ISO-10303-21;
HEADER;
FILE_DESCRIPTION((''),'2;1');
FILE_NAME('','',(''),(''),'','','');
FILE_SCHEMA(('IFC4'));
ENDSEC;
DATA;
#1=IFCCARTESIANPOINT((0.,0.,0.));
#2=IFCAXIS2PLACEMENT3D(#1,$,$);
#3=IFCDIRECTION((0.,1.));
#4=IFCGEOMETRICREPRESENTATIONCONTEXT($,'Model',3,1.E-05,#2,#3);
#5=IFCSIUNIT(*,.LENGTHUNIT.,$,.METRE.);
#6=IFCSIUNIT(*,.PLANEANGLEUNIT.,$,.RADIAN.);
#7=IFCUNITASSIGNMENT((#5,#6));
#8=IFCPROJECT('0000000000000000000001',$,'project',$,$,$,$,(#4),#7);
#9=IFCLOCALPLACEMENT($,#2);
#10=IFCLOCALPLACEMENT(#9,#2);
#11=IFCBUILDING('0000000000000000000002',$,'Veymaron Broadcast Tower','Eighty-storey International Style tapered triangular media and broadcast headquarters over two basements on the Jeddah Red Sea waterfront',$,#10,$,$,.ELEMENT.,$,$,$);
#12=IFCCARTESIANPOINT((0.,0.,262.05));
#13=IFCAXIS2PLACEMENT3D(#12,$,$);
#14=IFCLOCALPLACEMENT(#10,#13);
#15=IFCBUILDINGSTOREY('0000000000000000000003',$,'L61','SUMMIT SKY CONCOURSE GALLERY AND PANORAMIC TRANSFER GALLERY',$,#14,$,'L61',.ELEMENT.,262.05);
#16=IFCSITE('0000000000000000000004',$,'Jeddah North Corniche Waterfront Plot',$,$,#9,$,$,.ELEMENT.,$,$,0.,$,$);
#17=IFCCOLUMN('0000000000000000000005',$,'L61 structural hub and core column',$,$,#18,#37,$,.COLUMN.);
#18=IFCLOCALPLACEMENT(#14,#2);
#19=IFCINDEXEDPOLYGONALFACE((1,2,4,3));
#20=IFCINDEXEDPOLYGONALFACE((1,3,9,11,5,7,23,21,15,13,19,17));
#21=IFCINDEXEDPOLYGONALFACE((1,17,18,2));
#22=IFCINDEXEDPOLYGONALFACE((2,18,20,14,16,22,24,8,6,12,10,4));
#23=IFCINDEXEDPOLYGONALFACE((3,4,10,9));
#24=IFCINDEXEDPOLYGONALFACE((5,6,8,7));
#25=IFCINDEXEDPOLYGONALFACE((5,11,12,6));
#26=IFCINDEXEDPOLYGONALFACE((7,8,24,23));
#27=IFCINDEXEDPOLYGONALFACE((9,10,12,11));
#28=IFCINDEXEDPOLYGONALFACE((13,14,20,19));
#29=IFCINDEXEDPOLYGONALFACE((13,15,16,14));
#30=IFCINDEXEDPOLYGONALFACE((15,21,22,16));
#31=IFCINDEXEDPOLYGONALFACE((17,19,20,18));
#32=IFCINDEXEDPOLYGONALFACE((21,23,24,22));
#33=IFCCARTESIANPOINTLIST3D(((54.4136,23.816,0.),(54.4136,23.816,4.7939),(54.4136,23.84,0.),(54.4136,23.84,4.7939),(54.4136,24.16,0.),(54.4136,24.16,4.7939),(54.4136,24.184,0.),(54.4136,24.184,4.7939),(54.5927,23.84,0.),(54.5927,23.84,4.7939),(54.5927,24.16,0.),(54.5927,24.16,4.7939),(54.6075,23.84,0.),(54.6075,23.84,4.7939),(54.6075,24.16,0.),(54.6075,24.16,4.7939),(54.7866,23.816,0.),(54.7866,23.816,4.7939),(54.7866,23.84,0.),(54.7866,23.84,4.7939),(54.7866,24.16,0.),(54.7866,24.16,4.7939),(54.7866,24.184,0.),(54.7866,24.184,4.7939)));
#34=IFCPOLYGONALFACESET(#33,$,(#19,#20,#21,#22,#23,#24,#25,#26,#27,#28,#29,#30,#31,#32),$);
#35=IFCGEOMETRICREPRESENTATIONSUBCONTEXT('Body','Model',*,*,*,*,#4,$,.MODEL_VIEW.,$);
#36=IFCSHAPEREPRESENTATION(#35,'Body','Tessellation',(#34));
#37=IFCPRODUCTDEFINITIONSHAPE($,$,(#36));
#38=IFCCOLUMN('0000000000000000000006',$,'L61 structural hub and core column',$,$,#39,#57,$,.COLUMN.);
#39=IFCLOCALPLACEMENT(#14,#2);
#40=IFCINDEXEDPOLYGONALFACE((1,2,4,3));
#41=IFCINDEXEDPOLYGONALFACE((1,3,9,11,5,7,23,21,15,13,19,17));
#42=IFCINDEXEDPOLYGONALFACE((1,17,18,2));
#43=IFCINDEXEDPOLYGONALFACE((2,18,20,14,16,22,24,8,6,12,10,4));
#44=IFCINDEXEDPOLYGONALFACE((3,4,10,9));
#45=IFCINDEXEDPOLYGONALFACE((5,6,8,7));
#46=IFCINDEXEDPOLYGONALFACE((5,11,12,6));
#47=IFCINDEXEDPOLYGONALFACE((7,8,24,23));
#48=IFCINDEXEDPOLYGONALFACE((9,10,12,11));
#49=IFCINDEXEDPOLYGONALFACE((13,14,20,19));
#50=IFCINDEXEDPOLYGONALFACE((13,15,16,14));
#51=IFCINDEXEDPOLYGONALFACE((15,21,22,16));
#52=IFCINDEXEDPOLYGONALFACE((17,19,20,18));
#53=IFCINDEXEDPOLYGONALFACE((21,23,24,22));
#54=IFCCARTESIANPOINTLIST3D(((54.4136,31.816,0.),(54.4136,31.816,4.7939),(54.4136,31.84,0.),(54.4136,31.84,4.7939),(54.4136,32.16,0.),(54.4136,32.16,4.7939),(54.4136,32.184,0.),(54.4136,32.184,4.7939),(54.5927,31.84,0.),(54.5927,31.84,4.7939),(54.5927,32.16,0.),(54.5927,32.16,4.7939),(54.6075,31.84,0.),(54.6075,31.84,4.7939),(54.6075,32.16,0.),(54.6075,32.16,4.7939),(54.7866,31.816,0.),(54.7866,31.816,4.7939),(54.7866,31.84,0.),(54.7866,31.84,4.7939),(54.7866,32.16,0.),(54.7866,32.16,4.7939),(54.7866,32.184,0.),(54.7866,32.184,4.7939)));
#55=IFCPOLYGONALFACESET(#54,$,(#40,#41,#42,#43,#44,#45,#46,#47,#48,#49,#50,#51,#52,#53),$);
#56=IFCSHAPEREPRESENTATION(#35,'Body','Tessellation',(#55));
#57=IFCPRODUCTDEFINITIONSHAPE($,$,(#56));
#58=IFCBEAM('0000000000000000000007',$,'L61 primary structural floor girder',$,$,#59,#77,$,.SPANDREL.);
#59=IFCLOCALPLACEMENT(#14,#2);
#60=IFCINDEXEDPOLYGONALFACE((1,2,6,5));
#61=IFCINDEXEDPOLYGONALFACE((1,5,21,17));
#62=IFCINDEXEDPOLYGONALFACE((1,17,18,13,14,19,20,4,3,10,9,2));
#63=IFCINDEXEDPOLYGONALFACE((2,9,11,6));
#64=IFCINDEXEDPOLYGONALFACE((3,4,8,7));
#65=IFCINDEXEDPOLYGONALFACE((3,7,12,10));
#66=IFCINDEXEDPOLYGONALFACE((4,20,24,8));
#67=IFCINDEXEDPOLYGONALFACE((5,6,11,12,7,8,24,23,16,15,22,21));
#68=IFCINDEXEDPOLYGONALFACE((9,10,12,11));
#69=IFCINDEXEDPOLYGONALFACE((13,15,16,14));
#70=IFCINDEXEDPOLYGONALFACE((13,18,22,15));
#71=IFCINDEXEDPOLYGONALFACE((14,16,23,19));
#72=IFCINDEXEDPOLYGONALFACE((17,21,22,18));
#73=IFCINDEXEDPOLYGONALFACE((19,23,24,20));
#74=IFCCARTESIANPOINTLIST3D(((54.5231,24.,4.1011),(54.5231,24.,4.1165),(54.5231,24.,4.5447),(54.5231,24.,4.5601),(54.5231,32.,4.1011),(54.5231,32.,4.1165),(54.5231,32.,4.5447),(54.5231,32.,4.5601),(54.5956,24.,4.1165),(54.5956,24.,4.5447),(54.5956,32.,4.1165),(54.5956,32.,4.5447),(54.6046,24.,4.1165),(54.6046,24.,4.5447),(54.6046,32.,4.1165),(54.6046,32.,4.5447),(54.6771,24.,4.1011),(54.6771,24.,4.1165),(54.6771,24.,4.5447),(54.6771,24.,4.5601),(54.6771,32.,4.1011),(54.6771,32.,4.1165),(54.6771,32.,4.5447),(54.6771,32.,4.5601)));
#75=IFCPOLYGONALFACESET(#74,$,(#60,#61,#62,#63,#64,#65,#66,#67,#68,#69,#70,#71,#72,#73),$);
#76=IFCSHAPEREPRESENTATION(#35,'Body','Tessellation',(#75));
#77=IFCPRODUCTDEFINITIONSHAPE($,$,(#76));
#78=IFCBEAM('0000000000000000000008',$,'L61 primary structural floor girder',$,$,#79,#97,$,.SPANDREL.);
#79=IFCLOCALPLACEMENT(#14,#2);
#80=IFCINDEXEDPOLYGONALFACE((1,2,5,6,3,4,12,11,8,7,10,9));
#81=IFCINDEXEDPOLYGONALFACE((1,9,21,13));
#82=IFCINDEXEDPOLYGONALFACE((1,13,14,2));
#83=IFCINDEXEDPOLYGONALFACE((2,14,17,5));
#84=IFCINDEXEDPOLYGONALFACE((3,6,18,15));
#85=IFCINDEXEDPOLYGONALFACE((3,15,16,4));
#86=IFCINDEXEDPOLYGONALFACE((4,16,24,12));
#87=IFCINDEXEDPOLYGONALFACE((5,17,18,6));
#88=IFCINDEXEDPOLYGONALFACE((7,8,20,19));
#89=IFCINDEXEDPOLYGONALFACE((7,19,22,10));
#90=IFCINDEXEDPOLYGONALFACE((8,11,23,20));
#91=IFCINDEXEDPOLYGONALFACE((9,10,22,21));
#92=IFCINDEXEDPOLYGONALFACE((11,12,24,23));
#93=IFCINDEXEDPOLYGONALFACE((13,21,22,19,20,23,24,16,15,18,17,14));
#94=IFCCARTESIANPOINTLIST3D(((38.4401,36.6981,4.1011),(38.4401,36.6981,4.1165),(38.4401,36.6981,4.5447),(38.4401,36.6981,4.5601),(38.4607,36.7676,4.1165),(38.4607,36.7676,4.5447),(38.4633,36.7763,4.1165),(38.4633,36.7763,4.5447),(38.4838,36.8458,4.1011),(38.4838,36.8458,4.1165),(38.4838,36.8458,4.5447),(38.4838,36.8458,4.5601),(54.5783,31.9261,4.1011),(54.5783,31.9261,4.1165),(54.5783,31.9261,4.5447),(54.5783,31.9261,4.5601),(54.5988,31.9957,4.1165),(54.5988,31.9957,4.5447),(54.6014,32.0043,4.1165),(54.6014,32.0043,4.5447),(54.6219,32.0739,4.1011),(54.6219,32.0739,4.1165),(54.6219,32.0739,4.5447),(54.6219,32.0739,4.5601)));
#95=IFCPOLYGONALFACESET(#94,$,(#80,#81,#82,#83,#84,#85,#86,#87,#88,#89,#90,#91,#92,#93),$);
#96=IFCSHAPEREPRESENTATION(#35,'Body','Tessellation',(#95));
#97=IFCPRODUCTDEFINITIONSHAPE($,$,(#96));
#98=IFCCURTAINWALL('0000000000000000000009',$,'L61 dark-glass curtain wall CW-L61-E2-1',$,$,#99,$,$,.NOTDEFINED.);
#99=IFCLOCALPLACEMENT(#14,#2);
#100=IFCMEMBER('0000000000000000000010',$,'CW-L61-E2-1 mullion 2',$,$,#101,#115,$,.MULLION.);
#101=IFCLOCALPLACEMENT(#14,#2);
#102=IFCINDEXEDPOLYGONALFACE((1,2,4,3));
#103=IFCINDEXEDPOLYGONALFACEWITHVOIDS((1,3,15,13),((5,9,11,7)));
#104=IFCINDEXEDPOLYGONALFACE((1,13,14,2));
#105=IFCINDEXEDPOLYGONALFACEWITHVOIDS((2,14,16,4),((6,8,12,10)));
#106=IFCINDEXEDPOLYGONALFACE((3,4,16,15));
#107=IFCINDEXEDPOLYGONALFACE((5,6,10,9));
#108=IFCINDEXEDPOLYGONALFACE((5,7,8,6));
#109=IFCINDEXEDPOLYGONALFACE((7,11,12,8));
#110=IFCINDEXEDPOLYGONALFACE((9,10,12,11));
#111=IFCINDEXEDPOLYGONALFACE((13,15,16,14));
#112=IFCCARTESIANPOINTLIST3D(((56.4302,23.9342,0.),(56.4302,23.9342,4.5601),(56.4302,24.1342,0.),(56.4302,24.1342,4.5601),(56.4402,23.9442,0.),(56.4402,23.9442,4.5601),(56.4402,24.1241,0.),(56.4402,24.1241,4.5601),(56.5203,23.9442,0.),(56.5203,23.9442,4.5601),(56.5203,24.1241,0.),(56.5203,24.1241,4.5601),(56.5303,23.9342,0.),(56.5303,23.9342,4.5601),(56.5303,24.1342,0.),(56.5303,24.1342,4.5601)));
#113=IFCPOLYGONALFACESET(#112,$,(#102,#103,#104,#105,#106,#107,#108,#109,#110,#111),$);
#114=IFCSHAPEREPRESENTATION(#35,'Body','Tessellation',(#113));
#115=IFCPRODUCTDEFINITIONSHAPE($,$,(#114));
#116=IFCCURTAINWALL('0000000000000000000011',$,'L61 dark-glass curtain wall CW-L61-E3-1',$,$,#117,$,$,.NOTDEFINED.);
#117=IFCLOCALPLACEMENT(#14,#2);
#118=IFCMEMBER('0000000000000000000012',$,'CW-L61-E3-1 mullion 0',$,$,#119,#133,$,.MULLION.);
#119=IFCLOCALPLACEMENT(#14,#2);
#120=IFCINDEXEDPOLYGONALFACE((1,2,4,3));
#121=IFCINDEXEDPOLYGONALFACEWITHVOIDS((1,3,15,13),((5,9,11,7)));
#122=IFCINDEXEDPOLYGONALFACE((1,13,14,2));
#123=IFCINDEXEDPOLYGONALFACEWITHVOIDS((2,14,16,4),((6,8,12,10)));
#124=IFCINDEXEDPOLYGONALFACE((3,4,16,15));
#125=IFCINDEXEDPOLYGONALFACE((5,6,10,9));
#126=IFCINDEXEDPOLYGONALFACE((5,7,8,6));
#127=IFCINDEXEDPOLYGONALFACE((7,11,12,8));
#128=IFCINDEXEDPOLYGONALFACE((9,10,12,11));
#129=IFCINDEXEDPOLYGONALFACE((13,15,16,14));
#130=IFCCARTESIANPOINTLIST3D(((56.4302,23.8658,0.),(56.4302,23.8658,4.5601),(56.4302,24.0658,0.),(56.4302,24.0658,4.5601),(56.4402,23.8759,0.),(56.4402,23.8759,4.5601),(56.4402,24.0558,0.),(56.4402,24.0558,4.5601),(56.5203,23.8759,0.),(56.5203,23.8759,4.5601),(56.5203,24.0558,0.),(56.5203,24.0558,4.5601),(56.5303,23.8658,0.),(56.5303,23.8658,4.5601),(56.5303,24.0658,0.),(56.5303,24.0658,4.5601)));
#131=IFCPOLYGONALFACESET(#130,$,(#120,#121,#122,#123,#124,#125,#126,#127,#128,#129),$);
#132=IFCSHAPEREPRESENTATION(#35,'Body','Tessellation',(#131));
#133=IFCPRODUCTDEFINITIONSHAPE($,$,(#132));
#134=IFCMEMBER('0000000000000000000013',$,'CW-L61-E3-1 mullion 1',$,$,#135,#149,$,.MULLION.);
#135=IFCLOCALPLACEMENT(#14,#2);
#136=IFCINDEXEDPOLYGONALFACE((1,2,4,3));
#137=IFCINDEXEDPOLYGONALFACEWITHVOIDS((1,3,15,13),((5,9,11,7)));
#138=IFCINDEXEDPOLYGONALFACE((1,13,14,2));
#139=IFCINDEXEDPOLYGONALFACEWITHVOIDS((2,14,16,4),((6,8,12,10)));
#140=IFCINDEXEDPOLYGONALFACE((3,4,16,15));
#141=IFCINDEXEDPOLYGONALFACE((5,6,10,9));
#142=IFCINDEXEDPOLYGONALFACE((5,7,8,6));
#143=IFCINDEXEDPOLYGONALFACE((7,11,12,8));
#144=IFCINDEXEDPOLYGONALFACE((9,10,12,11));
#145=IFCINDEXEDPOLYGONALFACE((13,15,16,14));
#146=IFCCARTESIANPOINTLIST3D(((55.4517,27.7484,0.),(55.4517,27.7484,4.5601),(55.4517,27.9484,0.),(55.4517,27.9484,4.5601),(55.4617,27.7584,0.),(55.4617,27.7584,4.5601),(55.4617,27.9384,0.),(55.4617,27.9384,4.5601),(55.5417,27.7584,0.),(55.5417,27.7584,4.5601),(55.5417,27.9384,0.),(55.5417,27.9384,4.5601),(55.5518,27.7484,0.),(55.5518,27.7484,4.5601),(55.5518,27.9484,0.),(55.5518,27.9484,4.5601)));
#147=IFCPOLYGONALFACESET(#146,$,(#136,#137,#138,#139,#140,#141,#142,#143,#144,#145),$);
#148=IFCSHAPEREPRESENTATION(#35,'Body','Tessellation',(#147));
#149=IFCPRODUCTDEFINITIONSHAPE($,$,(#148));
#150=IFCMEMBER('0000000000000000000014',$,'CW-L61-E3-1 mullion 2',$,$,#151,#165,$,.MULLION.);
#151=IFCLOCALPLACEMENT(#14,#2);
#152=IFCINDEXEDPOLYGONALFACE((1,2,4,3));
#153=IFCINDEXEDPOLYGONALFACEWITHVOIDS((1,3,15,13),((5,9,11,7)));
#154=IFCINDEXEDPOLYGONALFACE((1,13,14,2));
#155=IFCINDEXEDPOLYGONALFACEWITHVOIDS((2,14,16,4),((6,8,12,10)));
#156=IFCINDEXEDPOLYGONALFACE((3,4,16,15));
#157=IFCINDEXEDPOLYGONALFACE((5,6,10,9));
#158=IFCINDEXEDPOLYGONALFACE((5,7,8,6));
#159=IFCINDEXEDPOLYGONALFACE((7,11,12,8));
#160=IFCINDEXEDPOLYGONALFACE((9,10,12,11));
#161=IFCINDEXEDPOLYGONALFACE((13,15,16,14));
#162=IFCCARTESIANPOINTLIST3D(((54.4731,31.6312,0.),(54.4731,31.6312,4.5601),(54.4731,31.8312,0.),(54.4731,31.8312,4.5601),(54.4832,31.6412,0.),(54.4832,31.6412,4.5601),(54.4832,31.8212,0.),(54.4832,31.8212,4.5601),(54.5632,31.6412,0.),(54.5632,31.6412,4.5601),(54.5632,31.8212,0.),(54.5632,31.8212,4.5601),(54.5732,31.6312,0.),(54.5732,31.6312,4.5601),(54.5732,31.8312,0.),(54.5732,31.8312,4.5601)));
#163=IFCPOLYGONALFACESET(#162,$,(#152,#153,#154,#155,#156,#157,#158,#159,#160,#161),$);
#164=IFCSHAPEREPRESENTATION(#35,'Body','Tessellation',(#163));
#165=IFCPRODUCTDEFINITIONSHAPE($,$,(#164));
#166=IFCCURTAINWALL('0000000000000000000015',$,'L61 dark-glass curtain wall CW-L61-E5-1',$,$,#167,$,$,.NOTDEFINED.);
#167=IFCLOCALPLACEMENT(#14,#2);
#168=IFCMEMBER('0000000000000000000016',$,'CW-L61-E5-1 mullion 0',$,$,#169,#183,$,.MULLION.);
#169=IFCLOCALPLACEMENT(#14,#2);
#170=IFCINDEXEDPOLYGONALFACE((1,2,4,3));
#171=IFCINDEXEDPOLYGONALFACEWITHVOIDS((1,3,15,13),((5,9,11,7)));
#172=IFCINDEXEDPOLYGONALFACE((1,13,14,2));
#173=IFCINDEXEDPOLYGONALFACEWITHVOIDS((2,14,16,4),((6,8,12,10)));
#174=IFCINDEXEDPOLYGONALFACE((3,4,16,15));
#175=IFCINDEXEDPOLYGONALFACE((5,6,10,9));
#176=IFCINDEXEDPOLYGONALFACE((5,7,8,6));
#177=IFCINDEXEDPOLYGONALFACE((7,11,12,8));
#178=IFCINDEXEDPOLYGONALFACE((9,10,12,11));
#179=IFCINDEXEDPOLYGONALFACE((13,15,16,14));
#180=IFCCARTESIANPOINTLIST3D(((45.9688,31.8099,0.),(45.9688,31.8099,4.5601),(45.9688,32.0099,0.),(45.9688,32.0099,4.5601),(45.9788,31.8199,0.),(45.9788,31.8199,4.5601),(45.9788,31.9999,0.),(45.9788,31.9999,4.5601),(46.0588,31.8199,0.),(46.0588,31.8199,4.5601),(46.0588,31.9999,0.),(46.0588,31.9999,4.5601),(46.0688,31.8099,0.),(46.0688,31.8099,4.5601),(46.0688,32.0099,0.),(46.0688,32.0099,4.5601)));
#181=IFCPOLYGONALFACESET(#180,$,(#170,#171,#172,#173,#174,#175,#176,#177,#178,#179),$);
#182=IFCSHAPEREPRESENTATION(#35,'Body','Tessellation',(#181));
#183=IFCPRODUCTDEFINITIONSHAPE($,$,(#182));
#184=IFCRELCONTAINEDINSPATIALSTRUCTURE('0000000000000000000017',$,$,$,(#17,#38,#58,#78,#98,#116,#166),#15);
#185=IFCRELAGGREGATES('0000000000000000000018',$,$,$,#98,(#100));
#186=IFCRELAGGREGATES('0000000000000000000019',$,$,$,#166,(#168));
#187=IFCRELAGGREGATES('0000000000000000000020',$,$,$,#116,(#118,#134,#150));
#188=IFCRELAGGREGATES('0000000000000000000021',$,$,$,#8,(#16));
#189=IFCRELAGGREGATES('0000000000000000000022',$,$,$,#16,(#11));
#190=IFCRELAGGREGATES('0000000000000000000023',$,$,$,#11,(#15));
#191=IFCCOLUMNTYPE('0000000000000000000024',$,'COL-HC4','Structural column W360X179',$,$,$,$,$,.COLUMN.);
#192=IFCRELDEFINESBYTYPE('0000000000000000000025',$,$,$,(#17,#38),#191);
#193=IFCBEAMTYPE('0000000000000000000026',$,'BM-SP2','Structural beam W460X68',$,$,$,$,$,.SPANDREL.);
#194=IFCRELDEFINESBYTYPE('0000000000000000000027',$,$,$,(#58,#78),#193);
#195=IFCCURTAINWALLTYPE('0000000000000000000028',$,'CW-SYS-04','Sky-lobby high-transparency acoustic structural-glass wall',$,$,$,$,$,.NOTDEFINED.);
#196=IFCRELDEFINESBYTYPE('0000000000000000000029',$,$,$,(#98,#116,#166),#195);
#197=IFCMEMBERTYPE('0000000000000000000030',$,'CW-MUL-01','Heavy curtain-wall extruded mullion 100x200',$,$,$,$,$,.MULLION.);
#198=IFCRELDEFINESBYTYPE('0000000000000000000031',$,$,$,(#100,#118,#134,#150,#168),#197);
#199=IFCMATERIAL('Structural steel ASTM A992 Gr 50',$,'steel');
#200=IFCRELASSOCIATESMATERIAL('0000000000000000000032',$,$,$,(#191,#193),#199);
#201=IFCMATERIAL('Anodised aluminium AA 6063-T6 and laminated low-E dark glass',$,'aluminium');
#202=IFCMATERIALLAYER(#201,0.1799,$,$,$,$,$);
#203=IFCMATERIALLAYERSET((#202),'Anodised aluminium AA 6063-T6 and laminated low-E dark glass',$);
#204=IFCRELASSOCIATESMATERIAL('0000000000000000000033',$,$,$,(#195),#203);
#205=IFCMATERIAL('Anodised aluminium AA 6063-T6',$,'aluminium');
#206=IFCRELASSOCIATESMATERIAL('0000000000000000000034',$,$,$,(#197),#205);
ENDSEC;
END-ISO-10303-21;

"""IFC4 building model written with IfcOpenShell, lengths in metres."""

from ifc_helpers import new_model, si_unit, direction, frame, origin, origin_2d, place, context, subcontext, project, spatial, hollow_rectangle, i_section, extrude, material, layer, layer_set, material_profile, profile_set, type_object, element, aggregate, save


model = new_model("IFC4")

# Units and contexts
model_context = context("Model", 3, precision=1e-05, world=origin(), true_north=direction((0.0, 1.0)))
body_context = subcontext(model_context, "Body", "Model", "MODEL_VIEW")
ifc_project = project(units=[si_unit("LENGTHUNIT", "METRE"), si_unit("PLANEANGLEUNIT", "RADIAN")], contexts=[model_context])

# Site, building, storey
site_placement = place(None, origin())
site = spatial("IfcSite", under=ifc_project, at=site_placement, Name="Jeddah North Corniche Waterfront Plot", CompositionType="ELEMENT", RefElevation=0.0)
building_placement = place(site_placement, origin())
building = spatial("IfcBuilding", under=site, at=building_placement, Name="Veymaron Broadcast Tower", Description="Eighty-storey International Style tapered triangular media and broadcast headquarters over two basements on the Jeddah Red Sea waterfront", CompositionType="ELEMENT")
storey_placement = place(building_placement, frame((0.0, 0.0, 262.05)))
storey = spatial("IfcBuildingStorey", under=building, at=storey_placement, Name="L61", Description="SUMMIT SKY CONCOURSE GALLERY AND PANORAMIC TRANSFER GALLERY", LongName="L61", CompositionType="ELEMENT", Elevation=262.05)

# Columns
ifc_material_1 = material(Name="Structural steel ASTM A992 Gr 50", Category="steel")
ifc_material_profile_1 = material_profile(ifc_material_1, i_section(OverallWidth=0.373, OverallDepth=0.3679, WebThickness=0.0149, FlangeThickness=0.0239, at=origin_2d()), Name="W360X179")
ifc_profile_set_1 = profile_set([ifc_material_profile_1], Name="Structural steel ASTM A992 Gr 50")
column_type = type_object("IfcColumnType", Name="COL-HC4", Description="Structural column W360X179", PredefinedType="COLUMN", material=ifc_profile_set_1)
for number, where, z_axis, x_axis, name in (
    (1, (54.6001, 24.0, 0.0), (0.0, 0.0, 1.0), (1.0, 0.0, 0.0), "L61 structural hub and core column"),
    (2, (54.6001, 32.0, 0.0), (0.0, 0.0, 1.0), (1.0, 0.0, 0.0), "L61 structural hub and core column"),
):
    element("IfcColumn", number, at=place(storey_placement, frame(where, z_axis=z_axis, x_axis=x_axis)), inside=storey, type_object=column_type, Name=name, PredefinedType="COLUMN", context=body_context, shape_type="SweptSolid", body=[
        extrude(i_section(OverallWidth=0.373, OverallDepth=0.3679, WebThickness=0.0149, FlangeThickness=0.0239, at=origin_2d()), origin(), (0.0, 0.0, 1.0), 4.7939),
    ])

# Beams
ifc_material_profile_2 = material_profile(ifc_material_1, i_section(OverallWidth=0.1541, OverallDepth=0.459, WebThickness=0.009, FlangeThickness=0.0154, at=origin_2d()), Name="W460X68")
ifc_profile_set_2 = profile_set([ifc_material_profile_2], Name="Structural steel ASTM A992 Gr 50")
beam_type = type_object("IfcBeamType", Name="BM-SP2", Description="Structural beam W460X68", PredefinedType="SPANDREL", material=ifc_profile_set_2)
beam_1_placement = place(storey_placement, frame((54.6001, 24.0, 4.3306), z_axis=(0.0, 1.0, 0.0), x_axis=(-1.0, 0.0, 0.0)))
element("IfcBeam", 3, at=beam_1_placement, inside=storey, type_object=beam_type, Name="L61 primary structural floor girder", PredefinedType="SPANDREL", context=body_context, shape_type="SweptSolid", body=[
    extrude(i_section(OverallWidth=0.1541, OverallDepth=0.459, WebThickness=0.009, FlangeThickness=0.0154, at=origin_2d()), origin(), (0.0, 0.0, 1.0), 8.0),
])
beam_2_placement = place(storey_placement, frame((54.6001, 32.0, 4.3306), z_axis=(-0.958955, 0.283558, 0.0), x_axis=(-0.283558, -0.958955, 0.0)))
element("IfcBeam", 4, at=beam_2_placement, inside=storey, type_object=beam_type, Name="L61 primary structural floor girder", PredefinedType="SPANDREL", context=body_context, shape_type="SweptSolid", body=[
    extrude(i_section(OverallWidth=0.1541, OverallDepth=0.459, WebThickness=0.009, FlangeThickness=0.0154, at=origin_2d()), origin(), (0.0, 0.0, 1.0), 16.8289),
])

# Curtain wall, member
ifc_material_2 = material(Name="Anodised aluminium AA 6063-T6 and laminated low-E dark glass", Category="aluminium")
ifc_layer_1 = layer(ifc_material_2, 0.1799)
ifc_layer_set_1 = layer_set([ifc_layer_1], Name="Anodised aluminium AA 6063-T6 and laminated low-E dark glass")
curtain_wall_type = type_object("IfcCurtainWallType", Name="CW-SYS-04", Description="Sky-lobby high-transparency acoustic structural-glass wall", PredefinedType="NOTDEFINED", material=ifc_layer_set_1)
curtain_wall_1_placement = place(storey_placement, origin())
curtain_wall_1 = element("IfcCurtainWall", 5, at=curtain_wall_1_placement, inside=storey, type_object=curtain_wall_type, Name="L61 dark-glass curtain wall CW-L61-E2-1", PredefinedType="NOTDEFINED")
ifc_material_3 = material(Name="Anodised aluminium AA 6063-T6", Category="aluminium")
ifc_material_profile_3 = material_profile(ifc_material_3, hollow_rectangle(XDim=0.1001, YDim=0.2, WallThickness=0.01, at=origin_2d()), Name="RHS200X100X10")
ifc_profile_set_3 = profile_set([ifc_material_profile_3], Name="Anodised aluminium AA 6063-T6")
member_type_1 = type_object("IfcMemberType", Name="CW-MUL-01", Description="Heavy curtain-wall extruded mullion 100x200", PredefinedType="MULLION", material=ifc_profile_set_3)
member_1_placement = place(storey_placement, frame((56.4802, 24.0342, 0.0), z_axis=(0.0, 0.0, 1.0), x_axis=(1.0, 0.0, 0.0)))
member_1 = element("IfcMember", 6, at=member_1_placement, type_object=member_type_1, Name="CW-L61-E2-1 mullion 2", PredefinedType="MULLION", context=body_context, shape_type="SweptSolid", body=[
    extrude(hollow_rectangle(XDim=0.1001, YDim=0.2, WallThickness=0.01, at=origin_2d()), origin(), (0.0, 0.0, 1.0), 4.5601),
])
aggregate(curtain_wall_1, [member_1])

# Curtain wall, members
curtain_wall_2_placement = place(storey_placement, origin())
curtain_wall_2 = element("IfcCurtainWall", 7, at=curtain_wall_2_placement, inside=storey, type_object=curtain_wall_type, Name="L61 dark-glass curtain wall CW-L61-E3-1", PredefinedType="NOTDEFINED")
member_2_placement = place(storey_placement, frame((56.4802, 23.9658, 0.0), z_axis=(0.0, 0.0, 1.0), x_axis=(1.0, 0.0, 0.0)))
member_2 = element("IfcMember", 8, at=member_2_placement, type_object=member_type_1, Name="CW-L61-E3-1 mullion 0", PredefinedType="MULLION", context=body_context, shape_type="SweptSolid", body=[
    extrude(hollow_rectangle(XDim=0.1001, YDim=0.2, WallThickness=0.01, at=origin_2d()), origin(), (0.0, 0.0, 1.0), 4.5601),
])
member_3_placement = place(storey_placement, frame((55.5017, 27.8484, 0.0), z_axis=(0.0, 0.0, 1.0), x_axis=(1.0, 0.0, 0.0)))
member_3 = element("IfcMember", 9, at=member_3_placement, type_object=member_type_1, Name="CW-L61-E3-1 mullion 1", PredefinedType="MULLION", context=body_context, shape_type="SweptSolid", body=[
    extrude(hollow_rectangle(XDim=0.1001, YDim=0.2, WallThickness=0.01, at=origin_2d()), origin(), (0.0, 0.0, 1.0), 4.5601),
])
member_4_placement = place(storey_placement, frame((54.5232, 31.7312, 0.0), z_axis=(0.0, 0.0, 1.0), x_axis=(1.0, 0.0, 0.0)))
member_4 = element("IfcMember", 10, at=member_4_placement, type_object=member_type_1, Name="CW-L61-E3-1 mullion 2", PredefinedType="MULLION", context=body_context, shape_type="SweptSolid", body=[
    extrude(hollow_rectangle(XDim=0.1001, YDim=0.2, WallThickness=0.01, at=origin_2d()), origin(), (0.0, 0.0, 1.0), 4.5601),
])

# Curtain wall, member
curtain_wall_3_placement = place(storey_placement, origin())
curtain_wall_3 = element("IfcCurtainWall", 11, at=curtain_wall_3_placement, inside=storey, type_object=curtain_wall_type, Name="L61 dark-glass curtain wall CW-L61-E5-1", PredefinedType="NOTDEFINED")
member_5_placement = place(storey_placement, frame((46.0188, 31.9099, 0.0), z_axis=(0.0, 0.0, 1.0), x_axis=(1.0, 0.0, 0.0)))
member_5 = element("IfcMember", 12, at=member_5_placement, type_object=member_type_1, Name="CW-L61-E5-1 mullion 0", PredefinedType="MULLION", context=body_context, shape_type="SweptSolid", body=[
    extrude(hollow_rectangle(XDim=0.1001, YDim=0.2, WallThickness=0.01, at=origin_2d()), origin(), (0.0, 0.0, 1.0), 4.5601),
])

aggregate(curtain_wall_3, [member_5])

aggregate(curtain_wall_2, [member_2, member_3, member_4])

save(model, "model.ifc")
